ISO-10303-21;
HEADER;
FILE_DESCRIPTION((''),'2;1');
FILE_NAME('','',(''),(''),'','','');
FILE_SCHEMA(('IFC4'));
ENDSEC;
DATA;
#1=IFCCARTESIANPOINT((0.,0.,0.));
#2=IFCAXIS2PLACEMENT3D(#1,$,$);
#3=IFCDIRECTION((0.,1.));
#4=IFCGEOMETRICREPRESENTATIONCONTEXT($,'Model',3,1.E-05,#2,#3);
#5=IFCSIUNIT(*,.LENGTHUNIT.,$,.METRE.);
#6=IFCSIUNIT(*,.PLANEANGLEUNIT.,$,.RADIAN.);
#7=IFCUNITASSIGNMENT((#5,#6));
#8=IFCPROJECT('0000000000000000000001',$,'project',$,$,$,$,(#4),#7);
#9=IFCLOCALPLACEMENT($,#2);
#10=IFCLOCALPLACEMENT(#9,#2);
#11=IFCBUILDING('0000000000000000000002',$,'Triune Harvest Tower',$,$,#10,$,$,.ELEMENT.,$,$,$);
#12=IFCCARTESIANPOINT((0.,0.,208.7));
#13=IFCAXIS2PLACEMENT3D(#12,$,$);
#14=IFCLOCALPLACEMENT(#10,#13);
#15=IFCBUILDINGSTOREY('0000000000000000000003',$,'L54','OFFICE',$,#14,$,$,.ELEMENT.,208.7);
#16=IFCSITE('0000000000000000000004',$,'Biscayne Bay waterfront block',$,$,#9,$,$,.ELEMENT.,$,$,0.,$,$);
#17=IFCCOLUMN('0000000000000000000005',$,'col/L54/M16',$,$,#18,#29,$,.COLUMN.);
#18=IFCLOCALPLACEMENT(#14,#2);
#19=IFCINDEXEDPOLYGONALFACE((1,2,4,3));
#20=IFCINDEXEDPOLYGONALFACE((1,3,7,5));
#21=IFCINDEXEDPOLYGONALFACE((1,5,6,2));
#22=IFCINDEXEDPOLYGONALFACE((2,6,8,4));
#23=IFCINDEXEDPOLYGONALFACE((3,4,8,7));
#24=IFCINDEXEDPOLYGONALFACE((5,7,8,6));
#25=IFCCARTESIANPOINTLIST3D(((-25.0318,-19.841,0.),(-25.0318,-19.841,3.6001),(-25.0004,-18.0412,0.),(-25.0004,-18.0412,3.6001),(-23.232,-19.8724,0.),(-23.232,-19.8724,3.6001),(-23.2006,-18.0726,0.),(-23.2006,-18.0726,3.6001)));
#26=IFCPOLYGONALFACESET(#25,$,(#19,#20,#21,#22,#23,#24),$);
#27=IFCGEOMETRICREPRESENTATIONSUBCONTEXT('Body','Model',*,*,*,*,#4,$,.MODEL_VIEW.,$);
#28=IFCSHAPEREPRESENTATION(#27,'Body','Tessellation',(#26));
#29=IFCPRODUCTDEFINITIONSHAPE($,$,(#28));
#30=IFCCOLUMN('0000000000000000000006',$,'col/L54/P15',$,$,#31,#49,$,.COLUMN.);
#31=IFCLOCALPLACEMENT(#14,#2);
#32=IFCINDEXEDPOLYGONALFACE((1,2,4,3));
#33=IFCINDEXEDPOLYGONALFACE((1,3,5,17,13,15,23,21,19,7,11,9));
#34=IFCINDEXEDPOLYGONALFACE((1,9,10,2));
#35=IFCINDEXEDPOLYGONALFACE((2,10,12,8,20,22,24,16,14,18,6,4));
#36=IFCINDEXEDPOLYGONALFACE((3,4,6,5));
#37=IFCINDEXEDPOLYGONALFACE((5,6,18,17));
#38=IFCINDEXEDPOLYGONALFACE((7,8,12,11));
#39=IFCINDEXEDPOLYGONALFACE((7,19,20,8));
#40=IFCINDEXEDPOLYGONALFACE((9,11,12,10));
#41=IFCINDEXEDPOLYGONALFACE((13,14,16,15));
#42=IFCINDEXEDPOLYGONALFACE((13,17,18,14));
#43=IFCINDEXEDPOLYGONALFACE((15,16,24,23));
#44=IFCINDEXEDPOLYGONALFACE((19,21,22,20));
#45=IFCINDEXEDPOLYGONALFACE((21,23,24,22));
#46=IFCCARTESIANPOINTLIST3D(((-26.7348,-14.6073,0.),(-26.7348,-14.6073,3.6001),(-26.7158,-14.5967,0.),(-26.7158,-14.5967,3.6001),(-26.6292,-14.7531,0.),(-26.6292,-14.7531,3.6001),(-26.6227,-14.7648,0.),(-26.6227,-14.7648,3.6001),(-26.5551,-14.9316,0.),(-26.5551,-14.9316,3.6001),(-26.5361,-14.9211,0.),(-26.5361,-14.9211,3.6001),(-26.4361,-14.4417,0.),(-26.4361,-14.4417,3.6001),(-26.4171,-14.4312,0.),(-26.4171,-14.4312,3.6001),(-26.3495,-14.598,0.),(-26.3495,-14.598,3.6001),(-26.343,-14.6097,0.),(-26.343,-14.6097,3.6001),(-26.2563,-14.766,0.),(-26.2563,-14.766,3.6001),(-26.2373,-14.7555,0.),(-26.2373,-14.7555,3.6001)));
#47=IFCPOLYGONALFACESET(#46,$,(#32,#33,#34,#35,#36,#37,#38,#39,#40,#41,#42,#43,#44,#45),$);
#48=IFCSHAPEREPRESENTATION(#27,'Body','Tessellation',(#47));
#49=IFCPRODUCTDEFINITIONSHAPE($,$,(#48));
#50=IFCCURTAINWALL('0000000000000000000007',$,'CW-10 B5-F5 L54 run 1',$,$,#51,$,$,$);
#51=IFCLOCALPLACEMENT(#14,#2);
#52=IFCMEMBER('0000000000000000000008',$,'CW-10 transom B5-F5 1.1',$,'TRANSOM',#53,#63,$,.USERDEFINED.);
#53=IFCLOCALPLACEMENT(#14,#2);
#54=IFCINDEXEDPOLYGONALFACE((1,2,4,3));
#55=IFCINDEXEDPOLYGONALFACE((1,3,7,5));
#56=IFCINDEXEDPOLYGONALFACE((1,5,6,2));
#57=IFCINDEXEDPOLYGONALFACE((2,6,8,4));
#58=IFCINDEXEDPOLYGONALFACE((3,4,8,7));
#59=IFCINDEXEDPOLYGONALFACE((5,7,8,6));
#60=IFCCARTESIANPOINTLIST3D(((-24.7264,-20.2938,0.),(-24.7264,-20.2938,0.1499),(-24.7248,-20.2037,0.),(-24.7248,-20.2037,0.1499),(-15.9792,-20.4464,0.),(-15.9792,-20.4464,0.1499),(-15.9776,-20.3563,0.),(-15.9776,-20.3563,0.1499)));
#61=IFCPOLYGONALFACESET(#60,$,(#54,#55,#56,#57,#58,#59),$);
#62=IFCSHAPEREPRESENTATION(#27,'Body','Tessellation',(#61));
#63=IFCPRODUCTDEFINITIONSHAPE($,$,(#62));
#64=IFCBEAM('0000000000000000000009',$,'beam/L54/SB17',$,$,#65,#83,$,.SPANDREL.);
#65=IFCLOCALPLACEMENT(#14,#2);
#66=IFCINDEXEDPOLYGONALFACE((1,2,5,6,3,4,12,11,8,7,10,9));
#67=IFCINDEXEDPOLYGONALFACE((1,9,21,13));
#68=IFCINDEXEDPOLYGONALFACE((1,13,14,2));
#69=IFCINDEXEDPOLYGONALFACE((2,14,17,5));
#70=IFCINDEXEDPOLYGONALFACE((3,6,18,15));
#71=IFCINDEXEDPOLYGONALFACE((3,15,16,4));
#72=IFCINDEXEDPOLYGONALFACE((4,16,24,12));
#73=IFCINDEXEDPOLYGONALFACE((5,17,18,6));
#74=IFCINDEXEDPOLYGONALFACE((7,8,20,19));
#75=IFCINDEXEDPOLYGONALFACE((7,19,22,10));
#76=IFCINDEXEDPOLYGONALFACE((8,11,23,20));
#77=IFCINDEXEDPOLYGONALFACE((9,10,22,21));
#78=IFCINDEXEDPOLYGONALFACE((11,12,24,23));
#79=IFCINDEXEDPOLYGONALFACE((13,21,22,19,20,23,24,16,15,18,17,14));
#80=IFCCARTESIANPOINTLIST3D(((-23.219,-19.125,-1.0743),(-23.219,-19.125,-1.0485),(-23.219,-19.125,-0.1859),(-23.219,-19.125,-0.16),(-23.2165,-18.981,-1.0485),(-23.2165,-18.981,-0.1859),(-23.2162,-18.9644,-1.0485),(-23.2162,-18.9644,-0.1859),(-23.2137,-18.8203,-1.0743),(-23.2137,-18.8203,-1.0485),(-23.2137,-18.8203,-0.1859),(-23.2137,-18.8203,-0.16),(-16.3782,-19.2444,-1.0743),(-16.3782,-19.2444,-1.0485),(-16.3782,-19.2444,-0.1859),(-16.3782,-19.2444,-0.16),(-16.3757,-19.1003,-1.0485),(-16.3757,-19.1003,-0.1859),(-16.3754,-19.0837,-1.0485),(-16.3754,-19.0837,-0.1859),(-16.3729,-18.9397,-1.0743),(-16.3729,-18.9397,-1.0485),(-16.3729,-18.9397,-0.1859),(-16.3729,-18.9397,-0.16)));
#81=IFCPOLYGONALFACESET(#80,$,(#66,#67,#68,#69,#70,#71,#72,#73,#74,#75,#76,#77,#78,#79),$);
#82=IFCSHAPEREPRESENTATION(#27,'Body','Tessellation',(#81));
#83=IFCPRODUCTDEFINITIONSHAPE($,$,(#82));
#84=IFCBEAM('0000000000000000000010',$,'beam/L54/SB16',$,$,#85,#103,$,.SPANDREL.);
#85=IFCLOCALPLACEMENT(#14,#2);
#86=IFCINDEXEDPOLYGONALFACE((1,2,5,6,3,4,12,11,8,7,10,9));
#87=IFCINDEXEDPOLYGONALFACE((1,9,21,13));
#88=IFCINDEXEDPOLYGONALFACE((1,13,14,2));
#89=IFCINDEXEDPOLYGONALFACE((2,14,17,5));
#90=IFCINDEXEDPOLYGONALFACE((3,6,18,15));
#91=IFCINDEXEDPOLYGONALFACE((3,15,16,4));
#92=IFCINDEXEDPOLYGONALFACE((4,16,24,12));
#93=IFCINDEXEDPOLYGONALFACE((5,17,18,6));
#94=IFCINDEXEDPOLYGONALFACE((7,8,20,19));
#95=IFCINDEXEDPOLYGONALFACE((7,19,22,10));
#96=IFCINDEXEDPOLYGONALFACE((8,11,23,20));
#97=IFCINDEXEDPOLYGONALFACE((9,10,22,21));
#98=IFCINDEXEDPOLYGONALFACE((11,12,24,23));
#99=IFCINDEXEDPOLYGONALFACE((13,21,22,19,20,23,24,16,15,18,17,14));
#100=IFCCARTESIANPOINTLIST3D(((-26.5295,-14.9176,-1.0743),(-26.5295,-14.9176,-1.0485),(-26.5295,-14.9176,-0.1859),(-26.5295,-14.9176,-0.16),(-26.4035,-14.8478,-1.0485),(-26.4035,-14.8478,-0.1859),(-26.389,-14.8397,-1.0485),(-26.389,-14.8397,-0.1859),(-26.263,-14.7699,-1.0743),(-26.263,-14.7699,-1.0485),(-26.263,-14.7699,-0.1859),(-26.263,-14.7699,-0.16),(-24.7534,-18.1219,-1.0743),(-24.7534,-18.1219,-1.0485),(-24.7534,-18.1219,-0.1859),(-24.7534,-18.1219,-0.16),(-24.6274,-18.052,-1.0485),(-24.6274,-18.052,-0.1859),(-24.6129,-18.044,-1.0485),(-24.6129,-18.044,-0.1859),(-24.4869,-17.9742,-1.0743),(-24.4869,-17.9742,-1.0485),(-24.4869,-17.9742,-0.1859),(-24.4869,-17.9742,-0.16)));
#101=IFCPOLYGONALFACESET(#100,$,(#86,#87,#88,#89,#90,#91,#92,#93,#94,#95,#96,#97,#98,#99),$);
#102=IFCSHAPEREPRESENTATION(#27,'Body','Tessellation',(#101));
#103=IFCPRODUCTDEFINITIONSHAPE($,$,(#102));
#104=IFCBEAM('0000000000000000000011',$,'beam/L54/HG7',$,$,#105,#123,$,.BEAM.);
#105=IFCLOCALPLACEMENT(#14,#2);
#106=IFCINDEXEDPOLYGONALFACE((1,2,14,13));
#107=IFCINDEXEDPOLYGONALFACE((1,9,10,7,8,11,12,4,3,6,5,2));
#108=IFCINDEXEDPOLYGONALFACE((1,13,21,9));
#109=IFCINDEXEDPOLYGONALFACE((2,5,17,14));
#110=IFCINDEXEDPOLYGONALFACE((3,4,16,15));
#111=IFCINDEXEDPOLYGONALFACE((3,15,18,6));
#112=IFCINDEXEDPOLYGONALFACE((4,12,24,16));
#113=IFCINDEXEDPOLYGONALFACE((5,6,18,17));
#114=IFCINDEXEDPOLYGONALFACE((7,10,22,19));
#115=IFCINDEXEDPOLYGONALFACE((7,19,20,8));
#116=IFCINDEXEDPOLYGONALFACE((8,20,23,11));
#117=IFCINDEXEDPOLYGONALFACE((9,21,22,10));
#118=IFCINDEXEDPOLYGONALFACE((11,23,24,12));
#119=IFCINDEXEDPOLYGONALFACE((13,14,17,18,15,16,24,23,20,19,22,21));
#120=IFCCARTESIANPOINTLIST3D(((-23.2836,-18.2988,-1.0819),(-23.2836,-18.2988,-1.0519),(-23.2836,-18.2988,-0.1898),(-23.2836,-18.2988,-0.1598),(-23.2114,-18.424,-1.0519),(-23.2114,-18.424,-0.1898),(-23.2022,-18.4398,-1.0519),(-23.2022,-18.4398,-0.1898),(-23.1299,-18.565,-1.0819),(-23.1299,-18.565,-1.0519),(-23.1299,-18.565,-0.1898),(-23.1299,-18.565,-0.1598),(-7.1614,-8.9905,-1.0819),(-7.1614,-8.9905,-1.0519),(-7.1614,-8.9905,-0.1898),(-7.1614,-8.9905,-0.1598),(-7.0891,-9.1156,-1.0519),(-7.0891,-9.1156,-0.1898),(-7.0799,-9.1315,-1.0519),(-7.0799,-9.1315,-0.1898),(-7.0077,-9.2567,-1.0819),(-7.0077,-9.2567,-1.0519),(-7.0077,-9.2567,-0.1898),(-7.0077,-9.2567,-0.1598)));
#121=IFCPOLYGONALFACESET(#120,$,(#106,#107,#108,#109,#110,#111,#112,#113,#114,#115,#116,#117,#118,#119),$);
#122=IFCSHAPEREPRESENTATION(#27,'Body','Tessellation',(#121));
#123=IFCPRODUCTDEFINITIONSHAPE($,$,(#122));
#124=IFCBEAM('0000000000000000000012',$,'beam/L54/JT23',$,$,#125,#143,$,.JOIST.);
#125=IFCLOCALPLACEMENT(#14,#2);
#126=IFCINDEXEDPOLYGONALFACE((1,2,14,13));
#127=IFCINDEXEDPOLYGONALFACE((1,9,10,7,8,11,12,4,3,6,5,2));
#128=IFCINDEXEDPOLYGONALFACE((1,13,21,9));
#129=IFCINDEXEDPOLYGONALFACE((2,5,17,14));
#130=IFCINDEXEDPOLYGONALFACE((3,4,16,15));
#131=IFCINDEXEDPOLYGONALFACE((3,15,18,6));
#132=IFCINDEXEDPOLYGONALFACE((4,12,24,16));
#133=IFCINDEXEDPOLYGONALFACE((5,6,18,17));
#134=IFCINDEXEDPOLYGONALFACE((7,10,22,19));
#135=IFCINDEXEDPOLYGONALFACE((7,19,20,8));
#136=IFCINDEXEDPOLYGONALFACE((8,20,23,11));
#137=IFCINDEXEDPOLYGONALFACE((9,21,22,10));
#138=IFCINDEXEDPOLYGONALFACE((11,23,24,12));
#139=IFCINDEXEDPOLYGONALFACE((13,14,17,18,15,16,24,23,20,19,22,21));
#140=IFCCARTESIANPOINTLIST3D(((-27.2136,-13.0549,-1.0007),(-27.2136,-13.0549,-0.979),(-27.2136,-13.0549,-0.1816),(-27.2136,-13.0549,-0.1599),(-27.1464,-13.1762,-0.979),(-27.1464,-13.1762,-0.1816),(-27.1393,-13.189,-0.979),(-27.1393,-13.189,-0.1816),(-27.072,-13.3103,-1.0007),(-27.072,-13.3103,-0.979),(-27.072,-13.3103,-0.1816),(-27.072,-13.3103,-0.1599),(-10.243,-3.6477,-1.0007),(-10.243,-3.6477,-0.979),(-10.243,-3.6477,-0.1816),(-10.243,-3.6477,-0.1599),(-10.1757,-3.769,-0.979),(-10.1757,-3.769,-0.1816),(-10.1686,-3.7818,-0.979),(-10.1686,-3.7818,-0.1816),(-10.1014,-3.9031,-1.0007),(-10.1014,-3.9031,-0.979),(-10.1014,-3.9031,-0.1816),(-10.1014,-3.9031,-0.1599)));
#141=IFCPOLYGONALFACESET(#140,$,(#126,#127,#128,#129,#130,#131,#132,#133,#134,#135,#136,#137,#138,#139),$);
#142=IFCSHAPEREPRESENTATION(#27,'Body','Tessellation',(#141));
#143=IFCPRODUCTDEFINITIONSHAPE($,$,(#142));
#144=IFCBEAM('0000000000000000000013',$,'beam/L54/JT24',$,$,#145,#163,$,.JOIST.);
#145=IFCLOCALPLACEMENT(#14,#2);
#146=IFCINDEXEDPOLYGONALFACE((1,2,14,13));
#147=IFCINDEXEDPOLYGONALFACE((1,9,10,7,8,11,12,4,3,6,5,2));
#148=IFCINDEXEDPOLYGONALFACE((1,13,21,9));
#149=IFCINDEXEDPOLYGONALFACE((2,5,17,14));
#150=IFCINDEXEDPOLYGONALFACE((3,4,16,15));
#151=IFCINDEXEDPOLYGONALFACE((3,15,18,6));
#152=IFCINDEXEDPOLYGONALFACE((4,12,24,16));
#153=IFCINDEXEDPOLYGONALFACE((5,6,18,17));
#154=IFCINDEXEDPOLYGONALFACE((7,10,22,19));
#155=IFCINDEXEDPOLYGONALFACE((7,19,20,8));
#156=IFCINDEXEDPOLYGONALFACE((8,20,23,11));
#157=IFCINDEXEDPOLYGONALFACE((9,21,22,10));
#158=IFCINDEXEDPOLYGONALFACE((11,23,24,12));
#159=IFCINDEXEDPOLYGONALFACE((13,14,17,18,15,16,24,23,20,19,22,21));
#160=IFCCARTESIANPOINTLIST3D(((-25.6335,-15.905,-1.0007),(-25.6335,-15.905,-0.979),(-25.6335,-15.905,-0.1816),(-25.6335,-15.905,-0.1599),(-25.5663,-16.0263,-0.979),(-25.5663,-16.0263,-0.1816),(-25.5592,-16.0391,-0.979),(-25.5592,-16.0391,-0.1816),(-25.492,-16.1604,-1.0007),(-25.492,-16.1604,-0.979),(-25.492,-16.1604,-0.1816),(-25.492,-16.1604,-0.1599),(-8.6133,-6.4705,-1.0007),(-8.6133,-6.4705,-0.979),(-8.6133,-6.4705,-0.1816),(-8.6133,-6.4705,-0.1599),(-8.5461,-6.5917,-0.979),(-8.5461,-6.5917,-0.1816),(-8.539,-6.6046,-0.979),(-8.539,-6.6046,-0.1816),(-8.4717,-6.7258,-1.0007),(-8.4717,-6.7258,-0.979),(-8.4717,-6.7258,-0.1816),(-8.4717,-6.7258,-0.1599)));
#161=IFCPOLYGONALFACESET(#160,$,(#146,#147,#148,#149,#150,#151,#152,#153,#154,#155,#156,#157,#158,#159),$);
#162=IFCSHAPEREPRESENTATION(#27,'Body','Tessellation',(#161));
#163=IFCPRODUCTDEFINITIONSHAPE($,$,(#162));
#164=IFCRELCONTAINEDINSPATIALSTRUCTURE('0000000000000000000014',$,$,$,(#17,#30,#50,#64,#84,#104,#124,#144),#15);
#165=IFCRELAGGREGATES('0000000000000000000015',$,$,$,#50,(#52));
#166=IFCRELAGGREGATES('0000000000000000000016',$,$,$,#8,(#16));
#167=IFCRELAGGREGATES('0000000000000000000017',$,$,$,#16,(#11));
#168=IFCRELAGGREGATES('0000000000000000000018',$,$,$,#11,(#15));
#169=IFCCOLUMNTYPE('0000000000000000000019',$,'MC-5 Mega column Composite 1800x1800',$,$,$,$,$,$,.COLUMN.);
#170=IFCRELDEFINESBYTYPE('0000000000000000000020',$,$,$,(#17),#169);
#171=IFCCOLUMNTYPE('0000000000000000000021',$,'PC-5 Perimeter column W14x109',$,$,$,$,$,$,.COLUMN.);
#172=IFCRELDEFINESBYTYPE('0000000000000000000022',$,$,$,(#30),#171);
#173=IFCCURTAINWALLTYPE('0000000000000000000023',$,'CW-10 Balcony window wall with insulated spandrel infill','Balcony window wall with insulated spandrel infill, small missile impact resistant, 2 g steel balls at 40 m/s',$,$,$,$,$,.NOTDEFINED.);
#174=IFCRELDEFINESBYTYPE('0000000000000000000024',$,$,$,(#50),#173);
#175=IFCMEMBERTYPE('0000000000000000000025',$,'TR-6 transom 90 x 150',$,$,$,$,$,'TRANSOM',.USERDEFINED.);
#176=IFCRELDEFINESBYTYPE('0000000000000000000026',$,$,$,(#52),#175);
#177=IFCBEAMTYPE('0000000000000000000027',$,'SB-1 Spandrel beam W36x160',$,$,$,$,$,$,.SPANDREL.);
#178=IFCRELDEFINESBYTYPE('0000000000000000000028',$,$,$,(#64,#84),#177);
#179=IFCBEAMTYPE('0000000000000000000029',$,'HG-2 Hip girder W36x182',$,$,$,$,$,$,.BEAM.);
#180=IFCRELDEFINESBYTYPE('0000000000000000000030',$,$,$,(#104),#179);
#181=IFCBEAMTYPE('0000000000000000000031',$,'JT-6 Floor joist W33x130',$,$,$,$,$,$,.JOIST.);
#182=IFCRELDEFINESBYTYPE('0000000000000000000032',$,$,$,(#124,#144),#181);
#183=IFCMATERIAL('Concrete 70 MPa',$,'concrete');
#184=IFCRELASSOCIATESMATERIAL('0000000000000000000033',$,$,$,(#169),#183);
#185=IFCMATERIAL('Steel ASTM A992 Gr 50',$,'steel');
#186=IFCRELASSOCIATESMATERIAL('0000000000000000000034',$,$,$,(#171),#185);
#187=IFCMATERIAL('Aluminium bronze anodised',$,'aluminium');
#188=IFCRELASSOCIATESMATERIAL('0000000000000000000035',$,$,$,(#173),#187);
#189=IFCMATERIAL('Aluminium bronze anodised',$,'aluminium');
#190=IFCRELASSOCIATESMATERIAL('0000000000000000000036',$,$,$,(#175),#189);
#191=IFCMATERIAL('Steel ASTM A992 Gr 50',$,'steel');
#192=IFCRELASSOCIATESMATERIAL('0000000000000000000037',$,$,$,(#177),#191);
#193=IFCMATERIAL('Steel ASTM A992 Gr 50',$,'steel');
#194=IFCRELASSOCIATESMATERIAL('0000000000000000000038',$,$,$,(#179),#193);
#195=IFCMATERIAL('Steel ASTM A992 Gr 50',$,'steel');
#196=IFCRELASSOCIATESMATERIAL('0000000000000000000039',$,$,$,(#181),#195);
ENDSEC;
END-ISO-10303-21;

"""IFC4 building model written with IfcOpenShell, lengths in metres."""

from ifc_helpers import new_model, si_unit, direction, frame, origin, origin_2d, place, context, subcontext, project, spatial, rectangle, i_section, extrude, source, transform, mapped, material, material_profile, profile_set, type_object, element, aggregate, save


model = new_model("IFC4")

# Units and contexts
model_context = context("Model", 3, precision=1e-05, world=origin(), true_north=direction((0.0, 1.0)))
body_context = subcontext(model_context, "Body", "Model", "MODEL_VIEW")
ifc_project = project(units=[si_unit("LENGTHUNIT", "METRE"), si_unit("PLANEANGLEUNIT", "RADIAN")], contexts=[model_context])

# Site, building, storey
site_placement = place(None, origin())
site = spatial("IfcSite", under=ifc_project, at=site_placement, Name="Biscayne Bay waterfront block", CompositionType="ELEMENT", RefElevation=0.0)
building_placement = place(site_placement, origin())
building = spatial("IfcBuilding", under=site, at=building_placement, Name="Triune Harvest Tower", CompositionType="ELEMENT")
storey_placement = place(building_placement, frame((0.0, 0.0, 208.7)))
storey = spatial("IfcBuildingStorey", under=building, at=storey_placement, Name="L54", Description="OFFICE", CompositionType="ELEMENT", Elevation=208.7)

# Columns
ifc_material_1 = material(Name="Concrete 70 MPa", Category="concrete")
ifc_material_profile_1 = material_profile(ifc_material_1, rectangle(XDim=1.8, YDim=1.8, at=origin_2d()), Name="Composite 1800x1800")
ifc_profile_set_1 = profile_set([ifc_material_profile_1], Name="Concrete 70 MPa")
column_type_1 = type_object("IfcColumnType", Name="MC-5 Mega column Composite 1800x1800", PredefinedType="COLUMN", material=ifc_profile_set_1)
shared_shape_1 = source(origin(), body_context, "Body", "SweptSolid", [
    extrude(rectangle(XDim=1.8, YDim=1.8, at=origin_2d()), origin(), (0.0, 0.0, 1.0), 3.6001),
])
column_1_placement = place(storey_placement, frame((-24.1162, -18.9568, 0.0), z_axis=(0.0, 0.0, 1.0), x_axis=(0.999848, -0.017452, 0.0)))
element("IfcColumn", 1, at=column_1_placement, inside=storey, type_object=column_type_1, Name="col/L54/M16", PredefinedType="COLUMN", context=body_context, shape_type="MappedRepresentation", body=[
    mapped(shared_shape_1, transform((0.0, 0.0, 0.0), scale=1.0)),
])
ifc_material_2 = material(Name="Steel ASTM A992 Gr 50", Category="steel")
ifc_material_profile_2 = material_profile(ifc_material_2, i_section(OverallWidth=0.3708, OverallDepth=0.3633, WebThickness=0.0134, FlangeThickness=0.0217, at=origin_2d()), Name="W14x109")
ifc_profile_set_2 = profile_set([ifc_material_profile_2], Name="Steel ASTM A992 Gr 50")
column_type_2 = type_object("IfcColumnType", Name="PC-5 Perimeter column W14x109", PredefinedType="COLUMN", material=ifc_profile_set_2)
shared_shape_2 = source(origin(), body_context, "Body", "SweptSolid", [
    extrude(i_section(OverallWidth=0.3708, OverallDepth=0.3633, WebThickness=0.0134, FlangeThickness=0.0217, at=origin_2d()), origin(), (0.0, 0.0, 1.0), 3.6001),
])
column_2_placement = place(storey_placement, frame((-26.4861, -14.6814, 0.0), z_axis=(0.0, 0.0, 1.0), x_axis=(0.484808, -0.874621, 0.0)))
element("IfcColumn", 2, at=column_2_placement, inside=storey, type_object=column_type_2, Name="col/L54/P15", PredefinedType="COLUMN", context=body_context, shape_type="MappedRepresentation", body=[
    mapped(shared_shape_2, transform((0.0, 0.0, 0.0), scale=1.0)),
])

# Curtain wall, member
ifc_material_3 = material(Name="Aluminium bronze anodised", Category="aluminium")
curtain_wall_type_1 = type_object("IfcCurtainWallType", Name="CW-10 Balcony window wall with insulated spandrel infill", Description="Balcony window wall with insulated spandrel infill, small missile impact resistant, 2 g steel balls at 40 m/s", PredefinedType="NOTDEFINED", material=ifc_material_3)
curtain_wall_1_placement = place(storey_placement, origin())
curtain_wall_1 = element("IfcCurtainWall", 3, at=curtain_wall_1_placement, inside=storey, type_object=curtain_wall_type_1, Name="CW-10 B5-F5 L54 run 1")
ifc_material_4 = material(Name="Aluminium bronze anodised", Category="aluminium")
ifc_material_profile_3 = material_profile(ifc_material_4, rectangle(XDim=0.0901, YDim=0.1499, at=origin_2d()), Name="TR-6 transom 90 x 150")
ifc_profile_set_3 = profile_set([ifc_material_profile_3], Name="Aluminium bronze anodised")
member_type_1 = type_object("IfcMemberType", Name="TR-6 transom 90 x 150", ElementType="TRANSOM", PredefinedType="USERDEFINED", material=ifc_profile_set_3)
member_1_placement = place(storey_placement, frame((-24.7256, -20.2488, 0.075), z_axis=(0.999848, -0.017441, 0.0), x_axis=(0.017441, 0.999848, 0.0)))
member_1 = element("IfcMember", 4, at=member_1_placement, type_object=member_type_1, Name="CW-10 transom B5-F5 1.1", ObjectType="TRANSOM", PredefinedType="USERDEFINED", context=body_context, shape_type="SweptSolid", body=[
    extrude(rectangle(XDim=0.0901, YDim=0.1499, at=origin_2d()), origin(), (0.0, 0.0, 1.0), 8.7485),
])

# Beams
ifc_material_5 = material(Name="Steel ASTM A992 Gr 50", Category="steel")
ifc_material_profile_4 = material_profile(ifc_material_5, i_section(OverallWidth=0.3047, OverallDepth=0.9143, WebThickness=0.0166, FlangeThickness=0.0259, at=origin_2d()), Name="W36x160")
ifc_profile_set_4 = profile_set([ifc_material_profile_4], Name="Steel ASTM A992 Gr 50")
beam_type_1 = type_object("IfcBeamType", Name="SB-1 Spandrel beam W36x160", PredefinedType="SPANDREL", material=ifc_profile_set_4)
shared_shape_3 = source(origin(), body_context, "Body", "SweptSolid", [
    extrude(i_section(OverallWidth=0.3047, OverallDepth=0.9143, WebThickness=0.0166, FlangeThickness=0.0259, at=origin_2d()), origin(), (0.0, 0.0, 1.0), 6.8418),
])
beam_1_placement = place(storey_placement, frame((-23.2163, -18.9727, -0.6172), z_axis=(0.999848, -0.017449, 0.0), x_axis=(0.017449, 0.999848, 0.0)))
element("IfcBeam", 5, at=beam_1_placement, inside=storey, type_object=beam_type_1, Name="beam/L54/SB17", PredefinedType="SPANDREL", context=body_context, shape_type="MappedRepresentation", body=[
    mapped(shared_shape_3, transform((0.0, 0.0, 0.0), scale=1.0)),
])
shared_shape_4 = source(origin(), body_context, "Body", "SweptSolid", [
    extrude(i_section(OverallWidth=0.3047, OverallDepth=0.9143, WebThickness=0.0166, FlangeThickness=0.0259, at=origin_2d()), origin(), (0.0, 0.0, 1.0), 3.6636),
])
beam_2_placement = place(storey_placement, frame((-26.3962, -14.8438, -0.6172), z_axis=(0.484794, -0.874628, 0.0), x_axis=(0.874628, 0.484794, 0.0)))
element("IfcBeam", 6, at=beam_2_placement, inside=storey, type_object=beam_type_1, Name="beam/L54/SB16", PredefinedType="SPANDREL", context=body_context, shape_type="MappedRepresentation", body=[
    mapped(shared_shape_4, transform((0.0, 0.0, 0.0), scale=1.0)),
])
ifc_material_6 = material(Name="Steel ASTM A992 Gr 50", Category="steel")
ifc_material_profile_5 = material_profile(ifc_material_6, i_section(OverallWidth=0.3074, OverallDepth=0.9221, WebThickness=0.0183, FlangeThickness=0.03, at=origin_2d()), Name="W36x182")
ifc_profile_set_5 = profile_set([ifc_material_profile_5], Name="Steel ASTM A992 Gr 50")
beam_type_2 = type_object("IfcBeamType", Name="HG-2 Hip girder W36x182", PredefinedType="BEAM", material=ifc_profile_set_5)
shared_shape_5 = source(origin(), body_context, "Body", "SweptSolid", [
    extrude(i_section(OverallWidth=0.3074, OverallDepth=0.9221, WebThickness=0.0183, FlangeThickness=0.03, at=origin_2d()), origin(), (0.0, 0.0, 1.0), 18.6165),
])
beam_3_placement = place(storey_placement, frame((-23.2068, -18.4319, -0.6208), z_axis=(0.866022, 0.500005, 0.0), x_axis=(-0.500005, 0.866022, 0.0)))
element("IfcBeam", 7, at=beam_3_placement, inside=storey, type_object=beam_type_2, Name="beam/L54/HG7", PredefinedType="BEAM", context=body_context, shape_type="MappedRepresentation", body=[
    mapped(shared_shape_5, transform((0.0, 0.0, 0.0), scale=1.0)),
])
ifc_material_7 = material(Name="Steel ASTM A992 Gr 50", Category="steel")
ifc_material_profile_6 = material_profile(ifc_material_7, i_section(OverallWidth=0.292, OverallDepth=0.8408, WebThickness=0.0146, FlangeThickness=0.0217, at=origin_2d()), Name="W33x130")
ifc_profile_set_6 = profile_set([ifc_material_profile_6], Name="Steel ASTM A992 Gr 50")
beam_type_3 = type_object("IfcBeamType", Name="JT-6 Floor joist W33x130", PredefinedType="JOIST", material=ifc_profile_set_6)
shared_shape_6 = source(origin(), body_context, "Body", "SweptSolid", [
    extrude(i_section(OverallWidth=0.292, OverallDepth=0.8408, WebThickness=0.0146, FlangeThickness=0.0217, at=origin_2d()), origin(), (0.0, 0.0, 1.0), 19.4036),
])
beam_4_placement = place(storey_placement, frame((-27.1428, -13.1826, -0.5803), z_axis=(0.874615, 0.484818, 0.0), x_axis=(-0.484818, 0.874615, 0.0)))
element("IfcBeam", 8, at=beam_4_placement, inside=storey, type_object=beam_type_3, Name="beam/L54/JT23", PredefinedType="JOIST", context=body_context, shape_type="MappedRepresentation", body=[
    mapped(shared_shape_6, transform((0.0, 0.0, 0.0), scale=1.0)),
])
shared_shape_7 = source(origin(), body_context, "Body", "SweptSolid", [
    extrude(i_section(OverallWidth=0.292, OverallDepth=0.8408, WebThickness=0.0146, FlangeThickness=0.0217, at=origin_2d()), origin(), (0.0, 0.0, 1.0), 19.4602),
])
beam_5_placement = place(storey_placement, frame((-25.5627, -16.0327, -0.5803), z_axis=(0.874618, 0.484813, 0.0), x_axis=(-0.484813, 0.874618, 0.0)))
element("IfcBeam", 9, at=beam_5_placement, inside=storey, type_object=beam_type_3, Name="beam/L54/JT24", PredefinedType="JOIST", context=body_context, shape_type="MappedRepresentation", body=[
    mapped(shared_shape_7, transform((0.0, 0.0, 0.0), scale=1.0)),
])

aggregate(curtain_wall_1, [member_1])

save(model, "model.ifc")
